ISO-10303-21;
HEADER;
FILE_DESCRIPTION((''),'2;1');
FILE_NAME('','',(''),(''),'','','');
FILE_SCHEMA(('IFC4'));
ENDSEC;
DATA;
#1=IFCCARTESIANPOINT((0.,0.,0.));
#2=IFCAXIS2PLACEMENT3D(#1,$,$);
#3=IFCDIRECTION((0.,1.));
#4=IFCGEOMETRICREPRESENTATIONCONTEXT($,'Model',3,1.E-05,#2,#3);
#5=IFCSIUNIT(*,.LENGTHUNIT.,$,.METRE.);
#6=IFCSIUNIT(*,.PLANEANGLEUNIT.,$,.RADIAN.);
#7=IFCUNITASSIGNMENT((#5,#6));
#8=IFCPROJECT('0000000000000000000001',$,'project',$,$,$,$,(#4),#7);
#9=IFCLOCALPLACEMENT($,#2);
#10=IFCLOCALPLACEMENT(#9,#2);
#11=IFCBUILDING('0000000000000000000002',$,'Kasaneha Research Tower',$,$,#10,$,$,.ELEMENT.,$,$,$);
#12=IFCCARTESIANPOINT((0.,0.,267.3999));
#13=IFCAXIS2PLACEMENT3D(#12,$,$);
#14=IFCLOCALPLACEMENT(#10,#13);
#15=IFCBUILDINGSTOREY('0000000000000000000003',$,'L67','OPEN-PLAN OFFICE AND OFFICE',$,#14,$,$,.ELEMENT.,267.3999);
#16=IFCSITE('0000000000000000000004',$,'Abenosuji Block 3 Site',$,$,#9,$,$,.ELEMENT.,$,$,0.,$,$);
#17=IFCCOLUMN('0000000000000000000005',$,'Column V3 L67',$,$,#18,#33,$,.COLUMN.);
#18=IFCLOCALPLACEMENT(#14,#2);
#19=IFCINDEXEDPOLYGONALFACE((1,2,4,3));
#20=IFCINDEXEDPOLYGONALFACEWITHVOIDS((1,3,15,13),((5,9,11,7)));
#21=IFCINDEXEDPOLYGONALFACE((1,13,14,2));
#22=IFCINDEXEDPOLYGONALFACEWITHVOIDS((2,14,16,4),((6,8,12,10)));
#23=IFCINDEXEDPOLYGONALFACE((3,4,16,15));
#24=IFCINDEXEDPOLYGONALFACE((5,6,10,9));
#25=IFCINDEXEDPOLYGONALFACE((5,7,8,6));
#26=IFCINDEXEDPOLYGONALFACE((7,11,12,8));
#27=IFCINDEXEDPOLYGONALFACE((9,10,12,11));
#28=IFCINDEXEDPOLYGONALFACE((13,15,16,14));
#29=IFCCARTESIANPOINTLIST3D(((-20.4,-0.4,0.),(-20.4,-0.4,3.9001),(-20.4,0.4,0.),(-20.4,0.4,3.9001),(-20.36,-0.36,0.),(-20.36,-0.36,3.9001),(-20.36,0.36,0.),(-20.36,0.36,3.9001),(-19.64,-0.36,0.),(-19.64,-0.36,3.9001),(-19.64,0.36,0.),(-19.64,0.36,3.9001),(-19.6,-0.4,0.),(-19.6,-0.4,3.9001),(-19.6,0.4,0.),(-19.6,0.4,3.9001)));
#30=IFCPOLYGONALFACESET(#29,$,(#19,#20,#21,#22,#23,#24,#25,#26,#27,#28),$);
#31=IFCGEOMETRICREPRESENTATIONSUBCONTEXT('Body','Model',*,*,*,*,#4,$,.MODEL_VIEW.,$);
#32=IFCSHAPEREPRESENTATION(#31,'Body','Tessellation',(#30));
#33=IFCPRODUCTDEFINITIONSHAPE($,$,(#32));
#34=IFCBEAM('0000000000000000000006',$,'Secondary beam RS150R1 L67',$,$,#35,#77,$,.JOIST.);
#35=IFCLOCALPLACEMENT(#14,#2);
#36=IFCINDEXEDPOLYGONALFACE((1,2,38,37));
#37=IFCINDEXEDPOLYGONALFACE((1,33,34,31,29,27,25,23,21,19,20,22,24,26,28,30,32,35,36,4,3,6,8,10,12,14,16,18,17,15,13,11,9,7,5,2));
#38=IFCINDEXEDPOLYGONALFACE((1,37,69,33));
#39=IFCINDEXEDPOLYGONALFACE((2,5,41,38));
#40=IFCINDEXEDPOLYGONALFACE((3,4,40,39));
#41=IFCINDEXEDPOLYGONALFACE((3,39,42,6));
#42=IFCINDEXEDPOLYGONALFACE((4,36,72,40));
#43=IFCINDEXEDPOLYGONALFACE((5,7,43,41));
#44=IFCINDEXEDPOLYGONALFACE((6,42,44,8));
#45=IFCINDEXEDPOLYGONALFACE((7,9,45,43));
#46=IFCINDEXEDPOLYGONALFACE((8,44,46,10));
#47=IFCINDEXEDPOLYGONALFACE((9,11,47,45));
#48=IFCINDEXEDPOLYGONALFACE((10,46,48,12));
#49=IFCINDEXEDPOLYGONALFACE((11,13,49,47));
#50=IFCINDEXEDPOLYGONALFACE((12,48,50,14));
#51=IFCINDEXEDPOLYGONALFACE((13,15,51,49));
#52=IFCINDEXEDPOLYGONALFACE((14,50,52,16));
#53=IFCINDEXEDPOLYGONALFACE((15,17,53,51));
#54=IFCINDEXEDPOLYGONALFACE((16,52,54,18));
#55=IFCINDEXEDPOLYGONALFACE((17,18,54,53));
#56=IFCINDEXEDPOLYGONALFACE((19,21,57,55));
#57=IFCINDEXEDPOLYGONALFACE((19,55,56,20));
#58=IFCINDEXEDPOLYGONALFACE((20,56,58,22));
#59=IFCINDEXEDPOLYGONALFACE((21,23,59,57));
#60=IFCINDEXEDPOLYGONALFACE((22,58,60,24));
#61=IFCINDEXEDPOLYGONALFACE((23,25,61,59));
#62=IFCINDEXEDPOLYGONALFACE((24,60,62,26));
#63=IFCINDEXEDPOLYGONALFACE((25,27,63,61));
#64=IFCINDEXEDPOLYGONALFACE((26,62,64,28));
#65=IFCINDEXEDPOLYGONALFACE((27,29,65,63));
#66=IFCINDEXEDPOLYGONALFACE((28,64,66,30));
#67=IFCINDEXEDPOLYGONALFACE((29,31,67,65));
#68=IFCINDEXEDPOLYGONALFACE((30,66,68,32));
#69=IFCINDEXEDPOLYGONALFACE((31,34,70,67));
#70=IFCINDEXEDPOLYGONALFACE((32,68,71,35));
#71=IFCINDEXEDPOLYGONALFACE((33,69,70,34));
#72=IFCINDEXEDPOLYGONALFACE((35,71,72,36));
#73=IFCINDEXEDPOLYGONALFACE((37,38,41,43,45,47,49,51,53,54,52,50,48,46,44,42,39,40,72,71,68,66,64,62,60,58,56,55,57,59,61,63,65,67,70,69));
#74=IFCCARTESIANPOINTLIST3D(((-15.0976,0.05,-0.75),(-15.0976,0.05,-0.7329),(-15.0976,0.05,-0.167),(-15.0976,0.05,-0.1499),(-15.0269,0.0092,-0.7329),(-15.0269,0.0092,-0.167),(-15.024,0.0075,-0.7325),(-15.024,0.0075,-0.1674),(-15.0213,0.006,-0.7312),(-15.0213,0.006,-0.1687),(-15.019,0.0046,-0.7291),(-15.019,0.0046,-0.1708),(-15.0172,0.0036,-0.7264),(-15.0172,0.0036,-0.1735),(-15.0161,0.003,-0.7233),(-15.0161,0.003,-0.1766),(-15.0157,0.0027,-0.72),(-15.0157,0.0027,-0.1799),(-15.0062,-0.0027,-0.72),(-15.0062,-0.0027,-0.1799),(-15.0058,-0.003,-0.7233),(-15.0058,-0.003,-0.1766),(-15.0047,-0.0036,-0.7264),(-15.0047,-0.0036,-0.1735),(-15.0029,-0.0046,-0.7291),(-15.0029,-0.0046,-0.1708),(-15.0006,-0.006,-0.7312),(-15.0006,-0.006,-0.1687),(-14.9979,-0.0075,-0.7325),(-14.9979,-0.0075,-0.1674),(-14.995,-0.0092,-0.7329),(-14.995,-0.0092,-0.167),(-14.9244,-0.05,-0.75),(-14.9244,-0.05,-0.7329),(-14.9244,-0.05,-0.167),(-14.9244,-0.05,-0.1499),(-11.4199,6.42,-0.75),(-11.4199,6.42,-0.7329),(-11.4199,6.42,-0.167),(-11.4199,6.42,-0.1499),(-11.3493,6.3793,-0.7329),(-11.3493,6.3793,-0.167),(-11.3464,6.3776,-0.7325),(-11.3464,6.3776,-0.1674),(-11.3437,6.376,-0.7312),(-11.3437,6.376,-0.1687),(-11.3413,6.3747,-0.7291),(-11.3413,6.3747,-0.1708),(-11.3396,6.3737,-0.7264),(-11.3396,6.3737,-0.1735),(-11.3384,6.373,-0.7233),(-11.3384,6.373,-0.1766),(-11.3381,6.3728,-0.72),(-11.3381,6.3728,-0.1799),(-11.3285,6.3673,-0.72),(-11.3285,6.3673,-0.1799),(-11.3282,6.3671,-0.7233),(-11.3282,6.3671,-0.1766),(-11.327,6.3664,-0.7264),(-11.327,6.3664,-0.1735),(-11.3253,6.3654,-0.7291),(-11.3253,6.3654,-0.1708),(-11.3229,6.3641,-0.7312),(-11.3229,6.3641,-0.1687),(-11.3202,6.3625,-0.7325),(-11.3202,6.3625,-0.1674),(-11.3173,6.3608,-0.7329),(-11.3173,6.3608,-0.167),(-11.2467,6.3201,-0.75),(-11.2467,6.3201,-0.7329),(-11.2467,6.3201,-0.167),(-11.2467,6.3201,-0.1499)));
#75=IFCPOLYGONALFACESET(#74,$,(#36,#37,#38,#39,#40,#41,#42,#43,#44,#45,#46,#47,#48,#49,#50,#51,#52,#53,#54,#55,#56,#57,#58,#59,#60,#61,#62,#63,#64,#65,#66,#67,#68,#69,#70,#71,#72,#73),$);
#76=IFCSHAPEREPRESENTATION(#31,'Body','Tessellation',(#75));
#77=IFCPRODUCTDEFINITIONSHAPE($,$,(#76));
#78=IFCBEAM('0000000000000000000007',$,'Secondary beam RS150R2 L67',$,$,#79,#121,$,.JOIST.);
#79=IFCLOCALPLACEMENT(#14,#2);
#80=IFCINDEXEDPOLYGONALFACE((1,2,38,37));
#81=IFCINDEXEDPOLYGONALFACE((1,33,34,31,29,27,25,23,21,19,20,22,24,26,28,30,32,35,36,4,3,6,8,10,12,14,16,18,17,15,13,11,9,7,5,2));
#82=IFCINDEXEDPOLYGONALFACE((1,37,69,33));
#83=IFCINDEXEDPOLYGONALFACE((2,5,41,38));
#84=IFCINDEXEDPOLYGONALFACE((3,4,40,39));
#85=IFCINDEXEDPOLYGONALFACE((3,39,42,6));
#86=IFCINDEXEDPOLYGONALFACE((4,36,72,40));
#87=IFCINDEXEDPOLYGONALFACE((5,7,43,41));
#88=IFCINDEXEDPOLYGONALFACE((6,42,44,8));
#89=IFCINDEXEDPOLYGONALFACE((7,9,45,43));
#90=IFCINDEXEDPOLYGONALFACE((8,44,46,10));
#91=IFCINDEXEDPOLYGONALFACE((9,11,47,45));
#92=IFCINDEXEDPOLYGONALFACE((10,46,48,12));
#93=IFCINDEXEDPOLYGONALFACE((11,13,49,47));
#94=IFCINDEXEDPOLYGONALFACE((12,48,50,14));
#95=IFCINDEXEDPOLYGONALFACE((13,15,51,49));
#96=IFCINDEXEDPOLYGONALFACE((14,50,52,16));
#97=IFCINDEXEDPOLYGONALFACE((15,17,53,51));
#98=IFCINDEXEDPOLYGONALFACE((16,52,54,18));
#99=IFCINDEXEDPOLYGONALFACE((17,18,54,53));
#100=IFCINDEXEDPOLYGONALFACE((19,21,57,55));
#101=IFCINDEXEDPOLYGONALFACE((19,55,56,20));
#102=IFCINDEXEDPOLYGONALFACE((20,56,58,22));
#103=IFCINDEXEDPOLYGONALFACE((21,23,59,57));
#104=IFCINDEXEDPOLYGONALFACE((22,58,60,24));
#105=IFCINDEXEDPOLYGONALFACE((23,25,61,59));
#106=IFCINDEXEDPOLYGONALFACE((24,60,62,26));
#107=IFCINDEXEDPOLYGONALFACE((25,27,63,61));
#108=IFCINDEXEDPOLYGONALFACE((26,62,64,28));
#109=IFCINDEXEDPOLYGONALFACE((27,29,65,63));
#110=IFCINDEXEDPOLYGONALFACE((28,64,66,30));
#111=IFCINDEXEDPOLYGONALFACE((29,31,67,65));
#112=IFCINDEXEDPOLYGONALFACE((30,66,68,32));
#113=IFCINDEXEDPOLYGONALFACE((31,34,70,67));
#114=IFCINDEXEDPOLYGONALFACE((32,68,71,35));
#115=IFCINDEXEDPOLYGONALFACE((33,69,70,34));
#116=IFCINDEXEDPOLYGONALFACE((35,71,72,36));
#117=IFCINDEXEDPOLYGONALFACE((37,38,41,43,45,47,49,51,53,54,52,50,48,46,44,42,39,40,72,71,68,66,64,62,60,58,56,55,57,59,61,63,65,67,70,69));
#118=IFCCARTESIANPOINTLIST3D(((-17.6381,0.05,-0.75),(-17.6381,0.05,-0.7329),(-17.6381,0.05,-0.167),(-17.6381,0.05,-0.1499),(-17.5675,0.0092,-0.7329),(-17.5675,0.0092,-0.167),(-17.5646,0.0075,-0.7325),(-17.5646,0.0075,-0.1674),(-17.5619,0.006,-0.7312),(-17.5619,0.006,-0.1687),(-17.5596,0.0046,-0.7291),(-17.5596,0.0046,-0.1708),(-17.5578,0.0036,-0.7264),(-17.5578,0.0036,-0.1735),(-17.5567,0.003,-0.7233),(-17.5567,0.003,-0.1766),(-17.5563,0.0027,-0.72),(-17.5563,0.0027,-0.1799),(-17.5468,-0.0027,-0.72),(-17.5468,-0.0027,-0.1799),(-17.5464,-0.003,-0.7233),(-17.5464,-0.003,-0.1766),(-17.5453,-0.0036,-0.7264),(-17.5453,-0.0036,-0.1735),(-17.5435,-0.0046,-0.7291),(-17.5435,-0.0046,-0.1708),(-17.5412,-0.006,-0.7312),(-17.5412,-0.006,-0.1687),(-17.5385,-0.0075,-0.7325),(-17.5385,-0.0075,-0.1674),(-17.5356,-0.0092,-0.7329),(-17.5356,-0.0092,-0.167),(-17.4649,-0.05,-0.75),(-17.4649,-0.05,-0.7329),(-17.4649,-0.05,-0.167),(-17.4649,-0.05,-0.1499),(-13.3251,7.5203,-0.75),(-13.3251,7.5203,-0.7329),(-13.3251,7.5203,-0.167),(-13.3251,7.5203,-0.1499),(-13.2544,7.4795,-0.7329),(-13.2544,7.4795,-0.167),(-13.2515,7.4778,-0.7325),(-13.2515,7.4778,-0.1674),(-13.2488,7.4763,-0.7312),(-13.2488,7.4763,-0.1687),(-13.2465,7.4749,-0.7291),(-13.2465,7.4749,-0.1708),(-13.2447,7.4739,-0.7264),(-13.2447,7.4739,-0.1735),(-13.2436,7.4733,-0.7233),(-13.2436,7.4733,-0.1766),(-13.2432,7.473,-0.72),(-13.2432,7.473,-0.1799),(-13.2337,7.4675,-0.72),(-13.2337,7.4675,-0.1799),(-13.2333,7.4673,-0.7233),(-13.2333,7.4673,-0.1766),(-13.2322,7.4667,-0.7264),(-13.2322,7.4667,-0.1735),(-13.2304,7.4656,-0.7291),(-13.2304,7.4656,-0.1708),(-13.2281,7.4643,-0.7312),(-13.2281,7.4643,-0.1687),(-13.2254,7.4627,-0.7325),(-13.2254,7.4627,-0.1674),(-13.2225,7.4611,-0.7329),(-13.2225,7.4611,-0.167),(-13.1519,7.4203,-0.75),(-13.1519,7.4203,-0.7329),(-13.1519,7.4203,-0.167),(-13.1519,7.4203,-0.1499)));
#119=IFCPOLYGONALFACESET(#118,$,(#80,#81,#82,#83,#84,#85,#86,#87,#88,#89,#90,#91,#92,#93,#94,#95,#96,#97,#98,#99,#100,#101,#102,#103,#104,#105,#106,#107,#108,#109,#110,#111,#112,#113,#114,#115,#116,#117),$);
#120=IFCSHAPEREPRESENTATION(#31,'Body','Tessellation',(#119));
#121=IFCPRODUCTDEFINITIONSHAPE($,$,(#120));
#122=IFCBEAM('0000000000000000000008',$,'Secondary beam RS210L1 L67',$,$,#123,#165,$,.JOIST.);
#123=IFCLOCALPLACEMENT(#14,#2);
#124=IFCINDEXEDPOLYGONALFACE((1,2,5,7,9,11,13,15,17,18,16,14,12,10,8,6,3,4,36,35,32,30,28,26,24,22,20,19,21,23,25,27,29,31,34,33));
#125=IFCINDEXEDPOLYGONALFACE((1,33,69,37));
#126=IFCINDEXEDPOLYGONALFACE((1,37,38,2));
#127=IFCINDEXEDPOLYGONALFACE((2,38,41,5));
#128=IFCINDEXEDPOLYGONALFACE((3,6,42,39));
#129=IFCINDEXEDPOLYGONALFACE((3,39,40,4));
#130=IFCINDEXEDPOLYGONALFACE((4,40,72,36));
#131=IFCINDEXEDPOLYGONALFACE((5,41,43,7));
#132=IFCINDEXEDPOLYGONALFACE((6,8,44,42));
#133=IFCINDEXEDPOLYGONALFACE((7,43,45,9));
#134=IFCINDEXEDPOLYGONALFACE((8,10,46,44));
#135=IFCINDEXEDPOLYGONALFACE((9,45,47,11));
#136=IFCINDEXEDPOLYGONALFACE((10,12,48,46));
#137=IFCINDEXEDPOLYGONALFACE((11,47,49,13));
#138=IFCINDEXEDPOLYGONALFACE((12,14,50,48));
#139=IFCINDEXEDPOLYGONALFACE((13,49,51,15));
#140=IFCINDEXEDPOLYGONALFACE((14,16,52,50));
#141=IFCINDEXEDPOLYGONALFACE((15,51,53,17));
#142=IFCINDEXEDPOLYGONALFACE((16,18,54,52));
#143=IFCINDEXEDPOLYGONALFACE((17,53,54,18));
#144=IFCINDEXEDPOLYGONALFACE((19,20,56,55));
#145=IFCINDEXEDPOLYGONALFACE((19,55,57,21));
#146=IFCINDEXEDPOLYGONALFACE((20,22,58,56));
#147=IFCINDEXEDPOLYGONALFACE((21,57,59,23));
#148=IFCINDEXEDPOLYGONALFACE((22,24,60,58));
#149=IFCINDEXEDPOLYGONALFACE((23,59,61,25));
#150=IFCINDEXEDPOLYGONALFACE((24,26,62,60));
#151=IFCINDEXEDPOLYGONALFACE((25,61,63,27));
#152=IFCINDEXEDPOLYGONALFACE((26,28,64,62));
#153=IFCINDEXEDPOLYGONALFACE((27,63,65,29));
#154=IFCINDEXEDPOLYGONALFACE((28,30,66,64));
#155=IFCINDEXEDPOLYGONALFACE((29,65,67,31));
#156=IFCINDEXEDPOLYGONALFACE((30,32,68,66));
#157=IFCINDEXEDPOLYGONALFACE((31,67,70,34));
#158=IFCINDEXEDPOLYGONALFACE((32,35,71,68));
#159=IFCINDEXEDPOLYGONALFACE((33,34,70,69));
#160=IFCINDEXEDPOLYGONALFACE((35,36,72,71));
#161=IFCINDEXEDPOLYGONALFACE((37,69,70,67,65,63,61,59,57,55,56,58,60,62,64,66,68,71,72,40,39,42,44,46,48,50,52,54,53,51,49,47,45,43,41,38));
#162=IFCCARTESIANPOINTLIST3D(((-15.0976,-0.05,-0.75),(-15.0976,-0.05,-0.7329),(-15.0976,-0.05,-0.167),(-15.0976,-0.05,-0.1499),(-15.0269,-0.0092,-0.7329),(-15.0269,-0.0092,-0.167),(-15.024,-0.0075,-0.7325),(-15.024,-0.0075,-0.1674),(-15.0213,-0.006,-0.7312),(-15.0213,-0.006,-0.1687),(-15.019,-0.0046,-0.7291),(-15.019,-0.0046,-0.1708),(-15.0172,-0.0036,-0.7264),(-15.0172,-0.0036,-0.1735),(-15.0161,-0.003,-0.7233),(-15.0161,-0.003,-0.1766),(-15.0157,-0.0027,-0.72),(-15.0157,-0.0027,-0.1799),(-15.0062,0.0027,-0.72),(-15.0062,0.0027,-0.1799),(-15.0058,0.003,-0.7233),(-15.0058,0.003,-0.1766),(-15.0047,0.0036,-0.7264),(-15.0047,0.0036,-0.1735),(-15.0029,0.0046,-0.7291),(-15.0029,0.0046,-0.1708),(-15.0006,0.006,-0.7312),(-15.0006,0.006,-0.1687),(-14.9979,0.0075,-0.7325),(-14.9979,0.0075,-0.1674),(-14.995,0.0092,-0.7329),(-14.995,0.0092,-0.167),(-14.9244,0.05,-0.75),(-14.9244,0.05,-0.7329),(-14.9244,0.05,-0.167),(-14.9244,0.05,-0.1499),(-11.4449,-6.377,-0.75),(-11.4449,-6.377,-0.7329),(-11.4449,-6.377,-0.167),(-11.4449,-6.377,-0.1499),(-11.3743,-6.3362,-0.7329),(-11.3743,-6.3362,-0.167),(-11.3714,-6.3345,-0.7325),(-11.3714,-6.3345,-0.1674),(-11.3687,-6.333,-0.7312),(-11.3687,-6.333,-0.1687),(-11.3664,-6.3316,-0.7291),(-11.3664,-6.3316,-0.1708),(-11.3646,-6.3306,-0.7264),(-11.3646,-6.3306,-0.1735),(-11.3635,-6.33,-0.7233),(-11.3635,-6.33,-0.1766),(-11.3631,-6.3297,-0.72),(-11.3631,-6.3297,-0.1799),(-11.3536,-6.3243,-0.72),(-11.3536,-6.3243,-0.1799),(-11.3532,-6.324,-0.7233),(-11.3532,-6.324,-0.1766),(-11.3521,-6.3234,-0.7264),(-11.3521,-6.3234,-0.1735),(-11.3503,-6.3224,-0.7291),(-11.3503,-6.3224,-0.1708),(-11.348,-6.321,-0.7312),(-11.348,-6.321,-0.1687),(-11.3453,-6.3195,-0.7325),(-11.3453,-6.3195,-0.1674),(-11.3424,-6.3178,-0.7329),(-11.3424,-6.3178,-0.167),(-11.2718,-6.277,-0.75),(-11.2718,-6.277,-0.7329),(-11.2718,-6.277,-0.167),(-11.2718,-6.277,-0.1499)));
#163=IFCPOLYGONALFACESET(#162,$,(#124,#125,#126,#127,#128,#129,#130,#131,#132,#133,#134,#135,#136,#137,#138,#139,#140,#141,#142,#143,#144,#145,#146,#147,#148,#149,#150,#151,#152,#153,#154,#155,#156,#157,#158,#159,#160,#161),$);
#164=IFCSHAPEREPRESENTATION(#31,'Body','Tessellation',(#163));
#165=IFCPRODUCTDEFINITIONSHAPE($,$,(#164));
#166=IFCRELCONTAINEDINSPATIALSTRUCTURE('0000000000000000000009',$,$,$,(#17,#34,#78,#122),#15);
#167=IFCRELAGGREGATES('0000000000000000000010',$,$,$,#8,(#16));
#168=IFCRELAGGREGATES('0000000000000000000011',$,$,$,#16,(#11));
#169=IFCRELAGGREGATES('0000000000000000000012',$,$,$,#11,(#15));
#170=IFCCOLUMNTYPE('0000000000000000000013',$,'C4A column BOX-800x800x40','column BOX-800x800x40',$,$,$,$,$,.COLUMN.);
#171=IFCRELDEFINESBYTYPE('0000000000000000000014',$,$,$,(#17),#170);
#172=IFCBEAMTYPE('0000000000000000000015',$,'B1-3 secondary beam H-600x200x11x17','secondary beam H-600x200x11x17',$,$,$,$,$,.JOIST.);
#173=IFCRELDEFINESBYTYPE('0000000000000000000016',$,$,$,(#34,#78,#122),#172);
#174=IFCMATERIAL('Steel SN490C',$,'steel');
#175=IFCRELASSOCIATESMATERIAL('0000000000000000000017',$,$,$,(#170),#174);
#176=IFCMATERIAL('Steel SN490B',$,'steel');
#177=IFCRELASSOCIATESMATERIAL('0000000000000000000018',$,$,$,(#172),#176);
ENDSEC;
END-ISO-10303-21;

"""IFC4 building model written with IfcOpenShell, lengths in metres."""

from ifc_helpers import new_model, si_unit, direction, frame, origin, origin_2d, place, context, subcontext, project, spatial, hollow_rectangle, i_section, extrude, material, material_profile, profile_set, type_object, element, save


model = new_model("IFC4")

# Units and contexts
model_context = context("Model", 3, precision=1e-05, world=origin(), true_north=direction((0.0, 1.0)))
body_context = subcontext(model_context, "Body", "Model", "MODEL_VIEW")
ifc_project = project(units=[si_unit("LENGTHUNIT", "METRE"), si_unit("PLANEANGLEUNIT", "RADIAN")], contexts=[model_context])

# Site, building, storey
site_placement = place(None, origin())
site = spatial("IfcSite", under=ifc_project, at=site_placement, Name="Abenosuji Block 3 Site", CompositionType="ELEMENT", RefElevation=0.0)
building_placement = place(site_placement, origin())
building = spatial("IfcBuilding", under=site, at=building_placement, Name="Kasaneha Research Tower", CompositionType="ELEMENT")
storey_placement = place(building_placement, frame((0.0, 0.0, 267.3999)))
storey = spatial("IfcBuildingStorey", under=building, at=storey_placement, Name="L67", Description="OPEN-PLAN OFFICE AND OFFICE", CompositionType="ELEMENT", Elevation=267.3999)

# Column
ifc_material_1 = material(Name="Steel SN490C", Category="steel")
ifc_material_profile_1 = material_profile(ifc_material_1, hollow_rectangle(XDim=0.8, YDim=0.8, WallThickness=0.04, at=origin_2d()), Name="BOX-800x800x40")
ifc_profile_set_1 = profile_set([ifc_material_profile_1], Name="Steel SN490C")
column_type = type_object("IfcColumnType", Name="C4A column BOX-800x800x40", Description="column BOX-800x800x40", PredefinedType="COLUMN", material=ifc_profile_set_1)
column_placement = place(storey_placement, frame((-20.0, 0.0, 0.0), z_axis=(0.0, 0.0, 1.0), x_axis=(1.0, 0.0, 0.0)))
element("IfcColumn", 1, at=column_placement, inside=storey, type_object=column_type, Name="Column V3 L67", PredefinedType="COLUMN", context=body_context, shape_type="SweptSolid", body=[
    extrude(hollow_rectangle(XDim=0.8, YDim=0.8, WallThickness=0.04, at=origin_2d()), origin(), (0.0, 0.0, 1.0), 3.9001),
])

# Beams
ifc_material_2 = material(Name="Steel SN490B", Category="steel")
ifc_material_profile_2 = material_profile(ifc_material_2, i_section(OverallWidth=0.2, OverallDepth=0.6001, WebThickness=0.011, FlangeThickness=0.0171, FilletRadius=0.0129, at=origin_2d()), Name="H-600x200x11x17")
ifc_profile_set_2 = profile_set([ifc_material_profile_2], Name="Steel SN490B")
beam_type_1 = type_object("IfcBeamType", Name="B1-3 secondary beam H-600x200x11x17", Description="secondary beam H-600x200x11x17", PredefinedType="JOIST", material=ifc_profile_set_2)
beam_1_placement = place(storey_placement, frame((-15.011, 0.0, -0.45), z_axis=(0.499994, 0.866029, 0.0), x_axis=(-0.866029, 0.499994, 0.0)))
element("IfcBeam", 2, at=beam_1_placement, inside=storey, type_object=beam_type_1, Name="Secondary beam RS150R1 L67", PredefinedType="JOIST", context=body_context, shape_type="SweptSolid", body=[
    extrude(i_section(OverallWidth=0.2, OverallDepth=0.6001, WebThickness=0.011, FlangeThickness=0.0171, FilletRadius=0.0129, at=origin_2d()), origin(), (0.0, 0.0, 1.0), 7.3555),
])
beam_2_placement = place(storey_placement, frame((-17.5515, 0.0, -0.45), z_axis=(0.500005, 0.866023, 0.0), x_axis=(-0.866023, 0.500005, 0.0)))
element("IfcBeam", 3, at=beam_2_placement, inside=storey, type_object=beam_type_1, Name="Secondary beam RS150R2 L67", PredefinedType="JOIST", context=body_context, shape_type="SweptSolid", body=[
    extrude(i_section(OverallWidth=0.2, OverallDepth=0.6001, WebThickness=0.011, FlangeThickness=0.0171, FilletRadius=0.0129, at=origin_2d()), origin(), (0.0, 0.0, 1.0), 8.626),
])
beam_3_placement = place(storey_placement, frame((-15.011, 0.0, -0.45), z_axis=(0.499974, -0.86604, 0.0), x_axis=(0.86604, 0.499974, 0.0)))
element("IfcBeam", 4, at=beam_3_placement, inside=storey, type_object=beam_type_1, Name="Secondary beam RS210L1 L67", PredefinedType="JOIST", context=body_context, shape_type="SweptSolid", body=[
    extrude(i_section(OverallWidth=0.2, OverallDepth=0.6001, WebThickness=0.011, FlangeThickness=0.0171, FilletRadius=0.0129, at=origin_2d()), origin(), (0.0, 0.0, 1.0), 7.3057),
])

save(model, "model.ifc")
